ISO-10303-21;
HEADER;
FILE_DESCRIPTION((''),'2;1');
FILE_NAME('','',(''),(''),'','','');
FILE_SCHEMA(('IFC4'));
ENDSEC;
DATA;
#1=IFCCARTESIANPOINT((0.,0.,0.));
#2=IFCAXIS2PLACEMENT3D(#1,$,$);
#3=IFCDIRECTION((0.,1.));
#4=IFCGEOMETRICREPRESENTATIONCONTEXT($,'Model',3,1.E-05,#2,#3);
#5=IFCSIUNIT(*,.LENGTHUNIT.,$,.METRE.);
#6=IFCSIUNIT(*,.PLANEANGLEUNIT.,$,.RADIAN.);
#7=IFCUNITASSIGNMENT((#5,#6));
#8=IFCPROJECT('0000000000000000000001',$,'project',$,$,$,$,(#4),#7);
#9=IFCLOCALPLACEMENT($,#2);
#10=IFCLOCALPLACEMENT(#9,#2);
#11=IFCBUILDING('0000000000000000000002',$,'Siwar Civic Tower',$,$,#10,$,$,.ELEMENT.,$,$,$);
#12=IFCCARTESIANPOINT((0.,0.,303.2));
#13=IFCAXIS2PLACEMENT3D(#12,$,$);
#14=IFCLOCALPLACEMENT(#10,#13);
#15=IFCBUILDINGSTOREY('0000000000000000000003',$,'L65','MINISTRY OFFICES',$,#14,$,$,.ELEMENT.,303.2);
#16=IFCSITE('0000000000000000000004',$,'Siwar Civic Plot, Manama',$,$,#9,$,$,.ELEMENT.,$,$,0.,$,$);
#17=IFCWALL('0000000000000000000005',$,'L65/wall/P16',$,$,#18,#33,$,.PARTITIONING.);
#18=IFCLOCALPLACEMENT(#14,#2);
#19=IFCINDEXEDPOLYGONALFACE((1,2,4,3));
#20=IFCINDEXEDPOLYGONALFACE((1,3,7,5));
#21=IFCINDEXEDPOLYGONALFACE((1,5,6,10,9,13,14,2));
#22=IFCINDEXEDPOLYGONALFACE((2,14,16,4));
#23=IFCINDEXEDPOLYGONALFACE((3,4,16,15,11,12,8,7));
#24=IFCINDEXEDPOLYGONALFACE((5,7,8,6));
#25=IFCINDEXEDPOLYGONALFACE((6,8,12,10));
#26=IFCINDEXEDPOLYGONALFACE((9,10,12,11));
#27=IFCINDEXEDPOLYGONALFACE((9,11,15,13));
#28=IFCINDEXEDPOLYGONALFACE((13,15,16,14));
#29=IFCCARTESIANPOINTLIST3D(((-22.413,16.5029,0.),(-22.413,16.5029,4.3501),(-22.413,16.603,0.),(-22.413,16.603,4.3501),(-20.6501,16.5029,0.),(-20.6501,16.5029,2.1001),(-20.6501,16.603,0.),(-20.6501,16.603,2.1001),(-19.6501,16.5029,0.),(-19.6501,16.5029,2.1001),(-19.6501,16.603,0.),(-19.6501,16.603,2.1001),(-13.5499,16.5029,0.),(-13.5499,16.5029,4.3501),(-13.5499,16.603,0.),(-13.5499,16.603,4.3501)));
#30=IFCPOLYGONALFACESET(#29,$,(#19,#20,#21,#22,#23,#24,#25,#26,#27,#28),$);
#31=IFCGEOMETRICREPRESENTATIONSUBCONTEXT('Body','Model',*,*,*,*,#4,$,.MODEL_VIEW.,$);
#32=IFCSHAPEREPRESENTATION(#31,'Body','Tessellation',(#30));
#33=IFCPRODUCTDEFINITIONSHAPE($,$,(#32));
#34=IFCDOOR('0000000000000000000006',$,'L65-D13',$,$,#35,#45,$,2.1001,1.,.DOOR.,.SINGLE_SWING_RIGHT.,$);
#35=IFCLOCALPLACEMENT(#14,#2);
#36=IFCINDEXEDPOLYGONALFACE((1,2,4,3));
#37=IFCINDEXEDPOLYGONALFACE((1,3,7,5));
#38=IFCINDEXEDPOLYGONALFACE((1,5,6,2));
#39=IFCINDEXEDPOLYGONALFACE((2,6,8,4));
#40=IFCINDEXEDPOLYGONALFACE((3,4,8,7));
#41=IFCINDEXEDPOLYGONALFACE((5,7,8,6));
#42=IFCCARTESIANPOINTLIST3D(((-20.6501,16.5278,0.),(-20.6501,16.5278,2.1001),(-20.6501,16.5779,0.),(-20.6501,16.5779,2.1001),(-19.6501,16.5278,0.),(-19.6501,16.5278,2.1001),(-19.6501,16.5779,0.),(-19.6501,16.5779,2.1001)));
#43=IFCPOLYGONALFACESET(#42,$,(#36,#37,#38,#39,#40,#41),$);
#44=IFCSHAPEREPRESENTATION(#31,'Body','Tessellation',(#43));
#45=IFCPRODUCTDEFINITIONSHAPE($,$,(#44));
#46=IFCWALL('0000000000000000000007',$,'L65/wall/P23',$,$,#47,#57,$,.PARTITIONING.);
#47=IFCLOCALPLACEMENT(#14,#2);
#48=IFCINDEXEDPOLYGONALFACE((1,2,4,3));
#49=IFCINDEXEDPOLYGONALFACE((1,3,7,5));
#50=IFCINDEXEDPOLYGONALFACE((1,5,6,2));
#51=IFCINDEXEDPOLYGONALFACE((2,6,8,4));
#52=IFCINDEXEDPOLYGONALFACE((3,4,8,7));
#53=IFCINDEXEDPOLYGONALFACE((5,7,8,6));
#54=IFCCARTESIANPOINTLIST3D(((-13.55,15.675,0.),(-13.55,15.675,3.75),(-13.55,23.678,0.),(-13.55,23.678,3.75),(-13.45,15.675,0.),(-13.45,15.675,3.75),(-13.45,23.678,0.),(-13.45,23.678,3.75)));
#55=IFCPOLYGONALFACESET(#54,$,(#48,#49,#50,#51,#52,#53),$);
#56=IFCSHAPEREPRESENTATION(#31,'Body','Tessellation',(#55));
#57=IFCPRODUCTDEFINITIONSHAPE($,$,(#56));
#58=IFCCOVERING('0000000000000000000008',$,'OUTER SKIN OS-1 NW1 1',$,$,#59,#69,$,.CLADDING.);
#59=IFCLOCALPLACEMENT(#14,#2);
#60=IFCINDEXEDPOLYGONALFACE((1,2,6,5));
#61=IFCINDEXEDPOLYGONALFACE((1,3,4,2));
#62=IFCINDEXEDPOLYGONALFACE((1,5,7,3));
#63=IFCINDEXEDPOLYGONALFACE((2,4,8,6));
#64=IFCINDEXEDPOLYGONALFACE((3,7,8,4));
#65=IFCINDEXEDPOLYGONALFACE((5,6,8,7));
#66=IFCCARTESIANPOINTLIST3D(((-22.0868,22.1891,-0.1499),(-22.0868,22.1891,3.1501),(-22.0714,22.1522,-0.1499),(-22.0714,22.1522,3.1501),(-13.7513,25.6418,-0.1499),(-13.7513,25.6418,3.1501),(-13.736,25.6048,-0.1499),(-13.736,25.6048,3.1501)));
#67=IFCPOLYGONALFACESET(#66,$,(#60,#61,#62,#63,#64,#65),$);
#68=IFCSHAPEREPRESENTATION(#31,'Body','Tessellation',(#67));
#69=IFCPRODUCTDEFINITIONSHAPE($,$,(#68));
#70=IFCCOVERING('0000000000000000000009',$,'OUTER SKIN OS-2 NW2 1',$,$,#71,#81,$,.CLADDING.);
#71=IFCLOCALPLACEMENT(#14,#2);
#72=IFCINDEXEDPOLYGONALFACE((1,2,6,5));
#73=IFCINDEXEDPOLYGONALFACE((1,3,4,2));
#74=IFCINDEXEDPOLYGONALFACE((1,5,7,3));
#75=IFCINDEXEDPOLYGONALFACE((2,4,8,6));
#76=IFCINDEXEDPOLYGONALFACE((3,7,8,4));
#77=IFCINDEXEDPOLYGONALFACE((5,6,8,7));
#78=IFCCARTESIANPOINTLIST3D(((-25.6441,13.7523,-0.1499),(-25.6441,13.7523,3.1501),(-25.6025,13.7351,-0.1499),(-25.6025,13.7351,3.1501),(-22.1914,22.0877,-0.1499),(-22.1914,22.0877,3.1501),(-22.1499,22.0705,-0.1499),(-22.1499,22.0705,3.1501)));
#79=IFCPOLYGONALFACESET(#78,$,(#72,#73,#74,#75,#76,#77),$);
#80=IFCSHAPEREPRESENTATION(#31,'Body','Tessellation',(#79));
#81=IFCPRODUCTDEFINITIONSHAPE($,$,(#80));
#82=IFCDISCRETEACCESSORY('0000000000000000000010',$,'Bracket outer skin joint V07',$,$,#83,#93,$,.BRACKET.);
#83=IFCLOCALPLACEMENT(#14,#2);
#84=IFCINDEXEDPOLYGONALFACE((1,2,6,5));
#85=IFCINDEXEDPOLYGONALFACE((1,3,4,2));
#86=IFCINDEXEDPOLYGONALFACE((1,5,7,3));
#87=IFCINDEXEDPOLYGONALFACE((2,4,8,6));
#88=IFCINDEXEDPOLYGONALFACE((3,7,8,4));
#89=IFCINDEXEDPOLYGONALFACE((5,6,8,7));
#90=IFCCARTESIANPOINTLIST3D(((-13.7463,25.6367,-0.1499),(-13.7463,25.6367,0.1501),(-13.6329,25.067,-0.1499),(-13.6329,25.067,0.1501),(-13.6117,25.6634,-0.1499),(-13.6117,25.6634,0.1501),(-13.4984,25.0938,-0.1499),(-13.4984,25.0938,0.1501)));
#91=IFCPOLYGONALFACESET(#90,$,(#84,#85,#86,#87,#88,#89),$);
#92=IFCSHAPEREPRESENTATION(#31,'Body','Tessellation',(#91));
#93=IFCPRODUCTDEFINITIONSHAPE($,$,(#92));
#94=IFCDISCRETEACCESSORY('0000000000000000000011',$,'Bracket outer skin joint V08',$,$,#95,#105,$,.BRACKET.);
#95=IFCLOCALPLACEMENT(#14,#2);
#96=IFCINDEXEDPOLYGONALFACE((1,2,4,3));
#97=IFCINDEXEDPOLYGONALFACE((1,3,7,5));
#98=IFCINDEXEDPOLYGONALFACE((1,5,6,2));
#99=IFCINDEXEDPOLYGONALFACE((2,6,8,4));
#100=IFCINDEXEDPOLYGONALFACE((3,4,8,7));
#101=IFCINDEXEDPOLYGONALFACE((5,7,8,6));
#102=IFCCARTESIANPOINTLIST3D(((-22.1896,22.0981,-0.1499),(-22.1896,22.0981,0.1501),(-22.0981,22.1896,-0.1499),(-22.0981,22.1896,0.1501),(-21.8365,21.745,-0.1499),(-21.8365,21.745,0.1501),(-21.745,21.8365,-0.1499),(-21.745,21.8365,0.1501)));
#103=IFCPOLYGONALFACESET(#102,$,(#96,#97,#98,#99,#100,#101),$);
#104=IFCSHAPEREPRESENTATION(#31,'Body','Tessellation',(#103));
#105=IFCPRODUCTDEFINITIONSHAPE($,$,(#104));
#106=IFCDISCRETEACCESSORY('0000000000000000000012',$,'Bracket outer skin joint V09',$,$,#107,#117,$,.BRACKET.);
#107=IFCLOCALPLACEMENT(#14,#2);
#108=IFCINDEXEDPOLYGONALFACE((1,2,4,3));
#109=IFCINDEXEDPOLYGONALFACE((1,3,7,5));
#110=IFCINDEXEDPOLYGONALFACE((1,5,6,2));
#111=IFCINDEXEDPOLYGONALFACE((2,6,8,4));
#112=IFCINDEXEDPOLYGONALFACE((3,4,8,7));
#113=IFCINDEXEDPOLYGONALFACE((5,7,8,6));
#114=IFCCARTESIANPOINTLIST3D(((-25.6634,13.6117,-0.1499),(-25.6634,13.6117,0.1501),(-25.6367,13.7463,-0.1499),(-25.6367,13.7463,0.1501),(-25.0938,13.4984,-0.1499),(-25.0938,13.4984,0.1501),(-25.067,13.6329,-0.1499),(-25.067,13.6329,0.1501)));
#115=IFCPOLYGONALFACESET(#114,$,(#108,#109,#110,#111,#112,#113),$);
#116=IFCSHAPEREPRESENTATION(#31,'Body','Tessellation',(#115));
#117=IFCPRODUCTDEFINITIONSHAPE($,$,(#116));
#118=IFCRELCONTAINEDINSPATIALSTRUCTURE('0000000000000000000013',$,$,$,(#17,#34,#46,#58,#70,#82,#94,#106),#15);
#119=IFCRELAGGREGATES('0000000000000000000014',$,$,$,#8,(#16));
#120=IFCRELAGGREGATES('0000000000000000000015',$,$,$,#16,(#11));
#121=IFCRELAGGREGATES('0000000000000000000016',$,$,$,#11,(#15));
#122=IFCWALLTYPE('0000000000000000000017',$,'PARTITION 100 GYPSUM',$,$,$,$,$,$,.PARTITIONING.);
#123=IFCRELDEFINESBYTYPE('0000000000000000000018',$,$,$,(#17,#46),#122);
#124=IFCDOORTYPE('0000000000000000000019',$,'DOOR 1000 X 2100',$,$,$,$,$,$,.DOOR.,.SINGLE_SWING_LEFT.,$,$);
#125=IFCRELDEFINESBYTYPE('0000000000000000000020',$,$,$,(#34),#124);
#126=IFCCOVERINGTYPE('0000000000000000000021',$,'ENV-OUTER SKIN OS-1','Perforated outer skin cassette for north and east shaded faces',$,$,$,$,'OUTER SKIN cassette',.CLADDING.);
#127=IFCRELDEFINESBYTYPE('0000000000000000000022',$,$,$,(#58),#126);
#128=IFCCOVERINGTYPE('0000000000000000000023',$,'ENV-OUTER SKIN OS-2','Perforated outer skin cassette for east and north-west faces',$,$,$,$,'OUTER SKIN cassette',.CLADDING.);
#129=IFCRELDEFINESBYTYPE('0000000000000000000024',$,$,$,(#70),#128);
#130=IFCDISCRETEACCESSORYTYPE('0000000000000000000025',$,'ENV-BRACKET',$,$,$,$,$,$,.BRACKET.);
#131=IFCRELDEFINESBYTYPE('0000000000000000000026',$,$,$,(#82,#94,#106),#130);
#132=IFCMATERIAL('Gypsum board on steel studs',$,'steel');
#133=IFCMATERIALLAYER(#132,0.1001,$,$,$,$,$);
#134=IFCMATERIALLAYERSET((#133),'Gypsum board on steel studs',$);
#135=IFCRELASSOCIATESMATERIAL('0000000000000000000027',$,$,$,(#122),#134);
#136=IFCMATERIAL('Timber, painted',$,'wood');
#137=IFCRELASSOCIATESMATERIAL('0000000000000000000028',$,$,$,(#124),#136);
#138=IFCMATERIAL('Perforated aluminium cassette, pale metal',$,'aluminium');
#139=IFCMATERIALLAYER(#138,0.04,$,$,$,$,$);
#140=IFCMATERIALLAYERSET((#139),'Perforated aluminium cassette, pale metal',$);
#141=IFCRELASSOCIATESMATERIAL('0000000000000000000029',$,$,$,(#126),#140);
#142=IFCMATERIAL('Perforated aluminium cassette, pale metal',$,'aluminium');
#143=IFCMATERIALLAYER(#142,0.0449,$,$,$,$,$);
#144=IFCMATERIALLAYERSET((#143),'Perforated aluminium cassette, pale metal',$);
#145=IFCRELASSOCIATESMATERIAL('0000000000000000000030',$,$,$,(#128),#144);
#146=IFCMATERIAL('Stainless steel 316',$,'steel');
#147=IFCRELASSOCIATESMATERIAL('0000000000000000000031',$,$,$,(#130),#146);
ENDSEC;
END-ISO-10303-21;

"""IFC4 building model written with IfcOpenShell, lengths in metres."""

from ifc_helpers import new_model, si_unit, direction, frame, frame_2d, origin, origin_2d, place, context, subcontext, project, spatial, rectangle, extrude, material, layer, layer_set, type_object, element, fill, save


model = new_model("IFC4")

# Units and contexts
model_context = context("Model", 3, precision=1e-05, world=origin(), true_north=direction((0.0, 1.0)))
body_context = subcontext(model_context, "Body", "Model", "MODEL_VIEW")
ifc_project = project(units=[si_unit("LENGTHUNIT", "METRE"), si_unit("PLANEANGLEUNIT", "RADIAN")], contexts=[model_context])

# Site, building, storey
site_placement = place(None, origin())
site = spatial("IfcSite", under=ifc_project, at=site_placement, Name="Siwar Civic Plot, Manama", CompositionType="ELEMENT", RefElevation=0.0)
building_placement = place(site_placement, origin())
building = spatial("IfcBuilding", under=site, at=building_placement, Name="Siwar Civic Tower", CompositionType="ELEMENT")
storey_placement = place(building_placement, frame((0.0, 0.0, 303.2)))
storey = spatial("IfcBuildingStorey", under=building, at=storey_placement, Name="L65", Description="MINISTRY OFFICES", CompositionType="ELEMENT", Elevation=303.2)

# Wall, opening, door
ifc_material_1 = material(Name="Gypsum board on steel studs", Category="steel")
ifc_layer_1 = layer(ifc_material_1, 0.1001)
ifc_layer_set_1 = layer_set([ifc_layer_1], Name="Gypsum board on steel studs")
wall_type_1 = type_object("IfcWallType", Name="PARTITION 100 GYPSUM", PredefinedType="PARTITIONING", material=ifc_layer_set_1)
wall_1_placement = place(storey_placement, frame((-22.4131, 16.553, 0.0), z_axis=(0.0, 0.0, 1.0), x_axis=(1.0, 0.0, 0.0)))
wall_1 = element("IfcWall", 1, at=wall_1_placement, inside=storey, type_object=wall_type_1, Name="L65/wall/P16", PredefinedType="PARTITIONING", context=body_context, shape_type="SweptSolid", body=[
    extrude(rectangle(XDim=8.863, YDim=0.1001, at=frame_2d((4.4316, 0.0))), origin(), (0.0, 0.0, 1.0), 4.3501),
])
opening_1_placement = place(wall_1_placement, frame((1.7629, 0.0, 0.0)))
opening_1 = element("IfcOpeningElement", 2, at=opening_1_placement, cuts=wall_1, PredefinedType="OPENING", context=body_context, shape_type="SweptSolid", body=[
    extrude(rectangle(XDim=1.0, YDim=2.1001, at=frame_2d((0.5, 1.05))), frame((0.0, 0.0601, 0.0), z_axis=(0.0, -1.0, 0.0), x_axis=(1.0, 0.0, 0.0)), (0.0, 0.0, 1.0), 0.1201),
])
ifc_material_2 = material(Name="Timber, painted", Category="wood")
door_type_1 = type_object("IfcDoorType", Name="DOOR 1000 X 2100", OperationType="SINGLE_SWING_LEFT", PredefinedType="DOOR", material=ifc_material_2)
door_1_placement = place(opening_1_placement, origin())
door_1 = element("IfcDoor", 3, at=door_1_placement, inside=storey, type_object=door_type_1, Name="L65-D13", OperationType="SINGLE_SWING_RIGHT", OverallHeight=2.1001, OverallWidth=1.0, PredefinedType="DOOR", context=body_context, shape_type="SweptSolid", body=[
    extrude(rectangle(XDim=1.0, YDim=2.1001, at=frame_2d((0.5, 1.05))), frame((0.0, 0.0249, 0.0), z_axis=(0.0, -1.0, 0.0), x_axis=(1.0, 0.0, 0.0)), (0.0, 0.0, 1.0), 0.05),
])
fill(opening_1, door_1)

# Wall
wall_2_placement = place(storey_placement, frame((-13.5, 15.675, 0.0), z_axis=(0.0, 0.0, 1.0), x_axis=(0.0, 1.0, 0.0)))
element("IfcWall", 4, at=wall_2_placement, inside=storey, type_object=wall_type_1, Name="L65/wall/P23", PredefinedType="PARTITIONING", context=body_context, shape_type="SweptSolid", body=[
    extrude(rectangle(XDim=8.0029, YDim=0.1001, at=frame_2d((4.0015, 0.0))), origin(), (0.0, 0.0, 1.0), 3.75),
])

# Coverings
ifc_material_3 = material(Name="Perforated aluminium cassette, pale metal", Category="aluminium")
ifc_layer_2 = layer(ifc_material_3, 0.04)
ifc_layer_set_2 = layer_set([ifc_layer_2], Name="Perforated aluminium cassette, pale metal")
covering_type_1 = type_object("IfcCoveringType", Name="ENV-OUTER SKIN OS-1", Description="Perforated outer skin cassette for north and east shaded faces", ElementType="OUTER SKIN cassette", PredefinedType="CLADDING", material=ifc_layer_set_2)
covering_1_placement = place(storey_placement, frame((-17.9114, 23.897, -0.1499), z_axis=(0.0, 0.0, 1.0), x_axis=(-0.92388, -0.382683, 0.0)))
element("IfcCovering", 5, at=covering_1_placement, inside=storey, type_object=covering_type_1, Name="OUTER SKIN OS-1 NW1 1", PredefinedType="CLADDING", context=body_context, shape_type="SweptSolid", body=[
    extrude(rectangle(XDim=9.0222, YDim=0.04, at=origin_2d()), origin(), (0.0, 0.0, 1.0), 3.3),
])
ifc_material_4 = material(Name="Perforated aluminium cassette, pale metal", Category="aluminium")
ifc_layer_3 = layer(ifc_material_4, 0.0449)
ifc_layer_set_3 = layer_set([ifc_layer_3], Name="Perforated aluminium cassette, pale metal")
covering_type_2 = type_object("IfcCoveringType", Name="ENV-OUTER SKIN OS-2", Description="Perforated outer skin cassette for east and north-west faces", ElementType="OUTER SKIN cassette", PredefinedType="CLADDING", material=ifc_layer_set_3)
covering_2_placement = place(storey_placement, frame((-23.897, 17.9114, -0.1499), z_axis=(0.0, 0.0, 1.0), x_axis=(-0.382683, -0.92388, 0.0)))
element("IfcCovering", 6, at=covering_2_placement, inside=storey, type_object=covering_type_2, Name="OUTER SKIN OS-2 NW2 1", PredefinedType="CLADDING", context=body_context, shape_type="SweptSolid", body=[
    extrude(rectangle(XDim=9.0222, YDim=0.0449, at=origin_2d()), origin(), (0.0, 0.0, 1.0), 3.3),
])

# Discrete accessories
ifc_material_5 = material(Name="Stainless steel 316", Category="steel")
discrete_accessory_type = type_object("IfcDiscreteAccessoryType", Name="ENV-BRACKET", PredefinedType="BRACKET", material=ifc_material_5)
discrete_accessory_1_placement = place(storey_placement, frame((-13.6223, 25.3652, -0.1499), z_axis=(0.0, 0.0, 1.0), x_axis=(-0.19509, 0.980785, 0.0)))
element("IfcDiscreteAccessory", 7, at=discrete_accessory_1_placement, inside=storey, type_object=discrete_accessory_type, Name="Bracket outer skin joint V07", PredefinedType="BRACKET", context=body_context, shape_type="SweptSolid", body=[
    extrude(rectangle(XDim=0.5808, YDim=0.1372, at=origin_2d()), origin(), (0.0, 0.0, 1.0), 0.3),
])
discrete_accessory_2_placement = place(storey_placement, frame((-21.9673, 21.9673, -0.1499), z_axis=(0.0, 0.0, 1.0), x_axis=(-0.707107, 0.707107, 0.0)))
element("IfcDiscreteAccessory", 8, at=discrete_accessory_2_placement, inside=storey, type_object=discrete_accessory_type, Name="Bracket outer skin joint V08", PredefinedType="BRACKET", context=body_context, shape_type="SweptSolid", body=[
    extrude(rectangle(XDim=0.4993, YDim=0.1294, at=origin_2d()), origin(), (0.0, 0.0, 1.0), 0.3),
])
discrete_accessory_3_placement = place(storey_placement, frame((-25.3652, 13.6223, -0.1499), z_axis=(0.0, 0.0, 1.0), x_axis=(-0.980785, 0.19509, 0.0)))
element("IfcDiscreteAccessory", 9, at=discrete_accessory_3_placement, inside=storey, type_object=discrete_accessory_type, Name="Bracket outer skin joint V09", PredefinedType="BRACKET", context=body_context, shape_type="SweptSolid", body=[
    extrude(rectangle(XDim=0.5808, YDim=0.1372, at=origin_2d()), origin(), (0.0, 0.0, 1.0), 0.3),
])

save(model, "model.ifc")
